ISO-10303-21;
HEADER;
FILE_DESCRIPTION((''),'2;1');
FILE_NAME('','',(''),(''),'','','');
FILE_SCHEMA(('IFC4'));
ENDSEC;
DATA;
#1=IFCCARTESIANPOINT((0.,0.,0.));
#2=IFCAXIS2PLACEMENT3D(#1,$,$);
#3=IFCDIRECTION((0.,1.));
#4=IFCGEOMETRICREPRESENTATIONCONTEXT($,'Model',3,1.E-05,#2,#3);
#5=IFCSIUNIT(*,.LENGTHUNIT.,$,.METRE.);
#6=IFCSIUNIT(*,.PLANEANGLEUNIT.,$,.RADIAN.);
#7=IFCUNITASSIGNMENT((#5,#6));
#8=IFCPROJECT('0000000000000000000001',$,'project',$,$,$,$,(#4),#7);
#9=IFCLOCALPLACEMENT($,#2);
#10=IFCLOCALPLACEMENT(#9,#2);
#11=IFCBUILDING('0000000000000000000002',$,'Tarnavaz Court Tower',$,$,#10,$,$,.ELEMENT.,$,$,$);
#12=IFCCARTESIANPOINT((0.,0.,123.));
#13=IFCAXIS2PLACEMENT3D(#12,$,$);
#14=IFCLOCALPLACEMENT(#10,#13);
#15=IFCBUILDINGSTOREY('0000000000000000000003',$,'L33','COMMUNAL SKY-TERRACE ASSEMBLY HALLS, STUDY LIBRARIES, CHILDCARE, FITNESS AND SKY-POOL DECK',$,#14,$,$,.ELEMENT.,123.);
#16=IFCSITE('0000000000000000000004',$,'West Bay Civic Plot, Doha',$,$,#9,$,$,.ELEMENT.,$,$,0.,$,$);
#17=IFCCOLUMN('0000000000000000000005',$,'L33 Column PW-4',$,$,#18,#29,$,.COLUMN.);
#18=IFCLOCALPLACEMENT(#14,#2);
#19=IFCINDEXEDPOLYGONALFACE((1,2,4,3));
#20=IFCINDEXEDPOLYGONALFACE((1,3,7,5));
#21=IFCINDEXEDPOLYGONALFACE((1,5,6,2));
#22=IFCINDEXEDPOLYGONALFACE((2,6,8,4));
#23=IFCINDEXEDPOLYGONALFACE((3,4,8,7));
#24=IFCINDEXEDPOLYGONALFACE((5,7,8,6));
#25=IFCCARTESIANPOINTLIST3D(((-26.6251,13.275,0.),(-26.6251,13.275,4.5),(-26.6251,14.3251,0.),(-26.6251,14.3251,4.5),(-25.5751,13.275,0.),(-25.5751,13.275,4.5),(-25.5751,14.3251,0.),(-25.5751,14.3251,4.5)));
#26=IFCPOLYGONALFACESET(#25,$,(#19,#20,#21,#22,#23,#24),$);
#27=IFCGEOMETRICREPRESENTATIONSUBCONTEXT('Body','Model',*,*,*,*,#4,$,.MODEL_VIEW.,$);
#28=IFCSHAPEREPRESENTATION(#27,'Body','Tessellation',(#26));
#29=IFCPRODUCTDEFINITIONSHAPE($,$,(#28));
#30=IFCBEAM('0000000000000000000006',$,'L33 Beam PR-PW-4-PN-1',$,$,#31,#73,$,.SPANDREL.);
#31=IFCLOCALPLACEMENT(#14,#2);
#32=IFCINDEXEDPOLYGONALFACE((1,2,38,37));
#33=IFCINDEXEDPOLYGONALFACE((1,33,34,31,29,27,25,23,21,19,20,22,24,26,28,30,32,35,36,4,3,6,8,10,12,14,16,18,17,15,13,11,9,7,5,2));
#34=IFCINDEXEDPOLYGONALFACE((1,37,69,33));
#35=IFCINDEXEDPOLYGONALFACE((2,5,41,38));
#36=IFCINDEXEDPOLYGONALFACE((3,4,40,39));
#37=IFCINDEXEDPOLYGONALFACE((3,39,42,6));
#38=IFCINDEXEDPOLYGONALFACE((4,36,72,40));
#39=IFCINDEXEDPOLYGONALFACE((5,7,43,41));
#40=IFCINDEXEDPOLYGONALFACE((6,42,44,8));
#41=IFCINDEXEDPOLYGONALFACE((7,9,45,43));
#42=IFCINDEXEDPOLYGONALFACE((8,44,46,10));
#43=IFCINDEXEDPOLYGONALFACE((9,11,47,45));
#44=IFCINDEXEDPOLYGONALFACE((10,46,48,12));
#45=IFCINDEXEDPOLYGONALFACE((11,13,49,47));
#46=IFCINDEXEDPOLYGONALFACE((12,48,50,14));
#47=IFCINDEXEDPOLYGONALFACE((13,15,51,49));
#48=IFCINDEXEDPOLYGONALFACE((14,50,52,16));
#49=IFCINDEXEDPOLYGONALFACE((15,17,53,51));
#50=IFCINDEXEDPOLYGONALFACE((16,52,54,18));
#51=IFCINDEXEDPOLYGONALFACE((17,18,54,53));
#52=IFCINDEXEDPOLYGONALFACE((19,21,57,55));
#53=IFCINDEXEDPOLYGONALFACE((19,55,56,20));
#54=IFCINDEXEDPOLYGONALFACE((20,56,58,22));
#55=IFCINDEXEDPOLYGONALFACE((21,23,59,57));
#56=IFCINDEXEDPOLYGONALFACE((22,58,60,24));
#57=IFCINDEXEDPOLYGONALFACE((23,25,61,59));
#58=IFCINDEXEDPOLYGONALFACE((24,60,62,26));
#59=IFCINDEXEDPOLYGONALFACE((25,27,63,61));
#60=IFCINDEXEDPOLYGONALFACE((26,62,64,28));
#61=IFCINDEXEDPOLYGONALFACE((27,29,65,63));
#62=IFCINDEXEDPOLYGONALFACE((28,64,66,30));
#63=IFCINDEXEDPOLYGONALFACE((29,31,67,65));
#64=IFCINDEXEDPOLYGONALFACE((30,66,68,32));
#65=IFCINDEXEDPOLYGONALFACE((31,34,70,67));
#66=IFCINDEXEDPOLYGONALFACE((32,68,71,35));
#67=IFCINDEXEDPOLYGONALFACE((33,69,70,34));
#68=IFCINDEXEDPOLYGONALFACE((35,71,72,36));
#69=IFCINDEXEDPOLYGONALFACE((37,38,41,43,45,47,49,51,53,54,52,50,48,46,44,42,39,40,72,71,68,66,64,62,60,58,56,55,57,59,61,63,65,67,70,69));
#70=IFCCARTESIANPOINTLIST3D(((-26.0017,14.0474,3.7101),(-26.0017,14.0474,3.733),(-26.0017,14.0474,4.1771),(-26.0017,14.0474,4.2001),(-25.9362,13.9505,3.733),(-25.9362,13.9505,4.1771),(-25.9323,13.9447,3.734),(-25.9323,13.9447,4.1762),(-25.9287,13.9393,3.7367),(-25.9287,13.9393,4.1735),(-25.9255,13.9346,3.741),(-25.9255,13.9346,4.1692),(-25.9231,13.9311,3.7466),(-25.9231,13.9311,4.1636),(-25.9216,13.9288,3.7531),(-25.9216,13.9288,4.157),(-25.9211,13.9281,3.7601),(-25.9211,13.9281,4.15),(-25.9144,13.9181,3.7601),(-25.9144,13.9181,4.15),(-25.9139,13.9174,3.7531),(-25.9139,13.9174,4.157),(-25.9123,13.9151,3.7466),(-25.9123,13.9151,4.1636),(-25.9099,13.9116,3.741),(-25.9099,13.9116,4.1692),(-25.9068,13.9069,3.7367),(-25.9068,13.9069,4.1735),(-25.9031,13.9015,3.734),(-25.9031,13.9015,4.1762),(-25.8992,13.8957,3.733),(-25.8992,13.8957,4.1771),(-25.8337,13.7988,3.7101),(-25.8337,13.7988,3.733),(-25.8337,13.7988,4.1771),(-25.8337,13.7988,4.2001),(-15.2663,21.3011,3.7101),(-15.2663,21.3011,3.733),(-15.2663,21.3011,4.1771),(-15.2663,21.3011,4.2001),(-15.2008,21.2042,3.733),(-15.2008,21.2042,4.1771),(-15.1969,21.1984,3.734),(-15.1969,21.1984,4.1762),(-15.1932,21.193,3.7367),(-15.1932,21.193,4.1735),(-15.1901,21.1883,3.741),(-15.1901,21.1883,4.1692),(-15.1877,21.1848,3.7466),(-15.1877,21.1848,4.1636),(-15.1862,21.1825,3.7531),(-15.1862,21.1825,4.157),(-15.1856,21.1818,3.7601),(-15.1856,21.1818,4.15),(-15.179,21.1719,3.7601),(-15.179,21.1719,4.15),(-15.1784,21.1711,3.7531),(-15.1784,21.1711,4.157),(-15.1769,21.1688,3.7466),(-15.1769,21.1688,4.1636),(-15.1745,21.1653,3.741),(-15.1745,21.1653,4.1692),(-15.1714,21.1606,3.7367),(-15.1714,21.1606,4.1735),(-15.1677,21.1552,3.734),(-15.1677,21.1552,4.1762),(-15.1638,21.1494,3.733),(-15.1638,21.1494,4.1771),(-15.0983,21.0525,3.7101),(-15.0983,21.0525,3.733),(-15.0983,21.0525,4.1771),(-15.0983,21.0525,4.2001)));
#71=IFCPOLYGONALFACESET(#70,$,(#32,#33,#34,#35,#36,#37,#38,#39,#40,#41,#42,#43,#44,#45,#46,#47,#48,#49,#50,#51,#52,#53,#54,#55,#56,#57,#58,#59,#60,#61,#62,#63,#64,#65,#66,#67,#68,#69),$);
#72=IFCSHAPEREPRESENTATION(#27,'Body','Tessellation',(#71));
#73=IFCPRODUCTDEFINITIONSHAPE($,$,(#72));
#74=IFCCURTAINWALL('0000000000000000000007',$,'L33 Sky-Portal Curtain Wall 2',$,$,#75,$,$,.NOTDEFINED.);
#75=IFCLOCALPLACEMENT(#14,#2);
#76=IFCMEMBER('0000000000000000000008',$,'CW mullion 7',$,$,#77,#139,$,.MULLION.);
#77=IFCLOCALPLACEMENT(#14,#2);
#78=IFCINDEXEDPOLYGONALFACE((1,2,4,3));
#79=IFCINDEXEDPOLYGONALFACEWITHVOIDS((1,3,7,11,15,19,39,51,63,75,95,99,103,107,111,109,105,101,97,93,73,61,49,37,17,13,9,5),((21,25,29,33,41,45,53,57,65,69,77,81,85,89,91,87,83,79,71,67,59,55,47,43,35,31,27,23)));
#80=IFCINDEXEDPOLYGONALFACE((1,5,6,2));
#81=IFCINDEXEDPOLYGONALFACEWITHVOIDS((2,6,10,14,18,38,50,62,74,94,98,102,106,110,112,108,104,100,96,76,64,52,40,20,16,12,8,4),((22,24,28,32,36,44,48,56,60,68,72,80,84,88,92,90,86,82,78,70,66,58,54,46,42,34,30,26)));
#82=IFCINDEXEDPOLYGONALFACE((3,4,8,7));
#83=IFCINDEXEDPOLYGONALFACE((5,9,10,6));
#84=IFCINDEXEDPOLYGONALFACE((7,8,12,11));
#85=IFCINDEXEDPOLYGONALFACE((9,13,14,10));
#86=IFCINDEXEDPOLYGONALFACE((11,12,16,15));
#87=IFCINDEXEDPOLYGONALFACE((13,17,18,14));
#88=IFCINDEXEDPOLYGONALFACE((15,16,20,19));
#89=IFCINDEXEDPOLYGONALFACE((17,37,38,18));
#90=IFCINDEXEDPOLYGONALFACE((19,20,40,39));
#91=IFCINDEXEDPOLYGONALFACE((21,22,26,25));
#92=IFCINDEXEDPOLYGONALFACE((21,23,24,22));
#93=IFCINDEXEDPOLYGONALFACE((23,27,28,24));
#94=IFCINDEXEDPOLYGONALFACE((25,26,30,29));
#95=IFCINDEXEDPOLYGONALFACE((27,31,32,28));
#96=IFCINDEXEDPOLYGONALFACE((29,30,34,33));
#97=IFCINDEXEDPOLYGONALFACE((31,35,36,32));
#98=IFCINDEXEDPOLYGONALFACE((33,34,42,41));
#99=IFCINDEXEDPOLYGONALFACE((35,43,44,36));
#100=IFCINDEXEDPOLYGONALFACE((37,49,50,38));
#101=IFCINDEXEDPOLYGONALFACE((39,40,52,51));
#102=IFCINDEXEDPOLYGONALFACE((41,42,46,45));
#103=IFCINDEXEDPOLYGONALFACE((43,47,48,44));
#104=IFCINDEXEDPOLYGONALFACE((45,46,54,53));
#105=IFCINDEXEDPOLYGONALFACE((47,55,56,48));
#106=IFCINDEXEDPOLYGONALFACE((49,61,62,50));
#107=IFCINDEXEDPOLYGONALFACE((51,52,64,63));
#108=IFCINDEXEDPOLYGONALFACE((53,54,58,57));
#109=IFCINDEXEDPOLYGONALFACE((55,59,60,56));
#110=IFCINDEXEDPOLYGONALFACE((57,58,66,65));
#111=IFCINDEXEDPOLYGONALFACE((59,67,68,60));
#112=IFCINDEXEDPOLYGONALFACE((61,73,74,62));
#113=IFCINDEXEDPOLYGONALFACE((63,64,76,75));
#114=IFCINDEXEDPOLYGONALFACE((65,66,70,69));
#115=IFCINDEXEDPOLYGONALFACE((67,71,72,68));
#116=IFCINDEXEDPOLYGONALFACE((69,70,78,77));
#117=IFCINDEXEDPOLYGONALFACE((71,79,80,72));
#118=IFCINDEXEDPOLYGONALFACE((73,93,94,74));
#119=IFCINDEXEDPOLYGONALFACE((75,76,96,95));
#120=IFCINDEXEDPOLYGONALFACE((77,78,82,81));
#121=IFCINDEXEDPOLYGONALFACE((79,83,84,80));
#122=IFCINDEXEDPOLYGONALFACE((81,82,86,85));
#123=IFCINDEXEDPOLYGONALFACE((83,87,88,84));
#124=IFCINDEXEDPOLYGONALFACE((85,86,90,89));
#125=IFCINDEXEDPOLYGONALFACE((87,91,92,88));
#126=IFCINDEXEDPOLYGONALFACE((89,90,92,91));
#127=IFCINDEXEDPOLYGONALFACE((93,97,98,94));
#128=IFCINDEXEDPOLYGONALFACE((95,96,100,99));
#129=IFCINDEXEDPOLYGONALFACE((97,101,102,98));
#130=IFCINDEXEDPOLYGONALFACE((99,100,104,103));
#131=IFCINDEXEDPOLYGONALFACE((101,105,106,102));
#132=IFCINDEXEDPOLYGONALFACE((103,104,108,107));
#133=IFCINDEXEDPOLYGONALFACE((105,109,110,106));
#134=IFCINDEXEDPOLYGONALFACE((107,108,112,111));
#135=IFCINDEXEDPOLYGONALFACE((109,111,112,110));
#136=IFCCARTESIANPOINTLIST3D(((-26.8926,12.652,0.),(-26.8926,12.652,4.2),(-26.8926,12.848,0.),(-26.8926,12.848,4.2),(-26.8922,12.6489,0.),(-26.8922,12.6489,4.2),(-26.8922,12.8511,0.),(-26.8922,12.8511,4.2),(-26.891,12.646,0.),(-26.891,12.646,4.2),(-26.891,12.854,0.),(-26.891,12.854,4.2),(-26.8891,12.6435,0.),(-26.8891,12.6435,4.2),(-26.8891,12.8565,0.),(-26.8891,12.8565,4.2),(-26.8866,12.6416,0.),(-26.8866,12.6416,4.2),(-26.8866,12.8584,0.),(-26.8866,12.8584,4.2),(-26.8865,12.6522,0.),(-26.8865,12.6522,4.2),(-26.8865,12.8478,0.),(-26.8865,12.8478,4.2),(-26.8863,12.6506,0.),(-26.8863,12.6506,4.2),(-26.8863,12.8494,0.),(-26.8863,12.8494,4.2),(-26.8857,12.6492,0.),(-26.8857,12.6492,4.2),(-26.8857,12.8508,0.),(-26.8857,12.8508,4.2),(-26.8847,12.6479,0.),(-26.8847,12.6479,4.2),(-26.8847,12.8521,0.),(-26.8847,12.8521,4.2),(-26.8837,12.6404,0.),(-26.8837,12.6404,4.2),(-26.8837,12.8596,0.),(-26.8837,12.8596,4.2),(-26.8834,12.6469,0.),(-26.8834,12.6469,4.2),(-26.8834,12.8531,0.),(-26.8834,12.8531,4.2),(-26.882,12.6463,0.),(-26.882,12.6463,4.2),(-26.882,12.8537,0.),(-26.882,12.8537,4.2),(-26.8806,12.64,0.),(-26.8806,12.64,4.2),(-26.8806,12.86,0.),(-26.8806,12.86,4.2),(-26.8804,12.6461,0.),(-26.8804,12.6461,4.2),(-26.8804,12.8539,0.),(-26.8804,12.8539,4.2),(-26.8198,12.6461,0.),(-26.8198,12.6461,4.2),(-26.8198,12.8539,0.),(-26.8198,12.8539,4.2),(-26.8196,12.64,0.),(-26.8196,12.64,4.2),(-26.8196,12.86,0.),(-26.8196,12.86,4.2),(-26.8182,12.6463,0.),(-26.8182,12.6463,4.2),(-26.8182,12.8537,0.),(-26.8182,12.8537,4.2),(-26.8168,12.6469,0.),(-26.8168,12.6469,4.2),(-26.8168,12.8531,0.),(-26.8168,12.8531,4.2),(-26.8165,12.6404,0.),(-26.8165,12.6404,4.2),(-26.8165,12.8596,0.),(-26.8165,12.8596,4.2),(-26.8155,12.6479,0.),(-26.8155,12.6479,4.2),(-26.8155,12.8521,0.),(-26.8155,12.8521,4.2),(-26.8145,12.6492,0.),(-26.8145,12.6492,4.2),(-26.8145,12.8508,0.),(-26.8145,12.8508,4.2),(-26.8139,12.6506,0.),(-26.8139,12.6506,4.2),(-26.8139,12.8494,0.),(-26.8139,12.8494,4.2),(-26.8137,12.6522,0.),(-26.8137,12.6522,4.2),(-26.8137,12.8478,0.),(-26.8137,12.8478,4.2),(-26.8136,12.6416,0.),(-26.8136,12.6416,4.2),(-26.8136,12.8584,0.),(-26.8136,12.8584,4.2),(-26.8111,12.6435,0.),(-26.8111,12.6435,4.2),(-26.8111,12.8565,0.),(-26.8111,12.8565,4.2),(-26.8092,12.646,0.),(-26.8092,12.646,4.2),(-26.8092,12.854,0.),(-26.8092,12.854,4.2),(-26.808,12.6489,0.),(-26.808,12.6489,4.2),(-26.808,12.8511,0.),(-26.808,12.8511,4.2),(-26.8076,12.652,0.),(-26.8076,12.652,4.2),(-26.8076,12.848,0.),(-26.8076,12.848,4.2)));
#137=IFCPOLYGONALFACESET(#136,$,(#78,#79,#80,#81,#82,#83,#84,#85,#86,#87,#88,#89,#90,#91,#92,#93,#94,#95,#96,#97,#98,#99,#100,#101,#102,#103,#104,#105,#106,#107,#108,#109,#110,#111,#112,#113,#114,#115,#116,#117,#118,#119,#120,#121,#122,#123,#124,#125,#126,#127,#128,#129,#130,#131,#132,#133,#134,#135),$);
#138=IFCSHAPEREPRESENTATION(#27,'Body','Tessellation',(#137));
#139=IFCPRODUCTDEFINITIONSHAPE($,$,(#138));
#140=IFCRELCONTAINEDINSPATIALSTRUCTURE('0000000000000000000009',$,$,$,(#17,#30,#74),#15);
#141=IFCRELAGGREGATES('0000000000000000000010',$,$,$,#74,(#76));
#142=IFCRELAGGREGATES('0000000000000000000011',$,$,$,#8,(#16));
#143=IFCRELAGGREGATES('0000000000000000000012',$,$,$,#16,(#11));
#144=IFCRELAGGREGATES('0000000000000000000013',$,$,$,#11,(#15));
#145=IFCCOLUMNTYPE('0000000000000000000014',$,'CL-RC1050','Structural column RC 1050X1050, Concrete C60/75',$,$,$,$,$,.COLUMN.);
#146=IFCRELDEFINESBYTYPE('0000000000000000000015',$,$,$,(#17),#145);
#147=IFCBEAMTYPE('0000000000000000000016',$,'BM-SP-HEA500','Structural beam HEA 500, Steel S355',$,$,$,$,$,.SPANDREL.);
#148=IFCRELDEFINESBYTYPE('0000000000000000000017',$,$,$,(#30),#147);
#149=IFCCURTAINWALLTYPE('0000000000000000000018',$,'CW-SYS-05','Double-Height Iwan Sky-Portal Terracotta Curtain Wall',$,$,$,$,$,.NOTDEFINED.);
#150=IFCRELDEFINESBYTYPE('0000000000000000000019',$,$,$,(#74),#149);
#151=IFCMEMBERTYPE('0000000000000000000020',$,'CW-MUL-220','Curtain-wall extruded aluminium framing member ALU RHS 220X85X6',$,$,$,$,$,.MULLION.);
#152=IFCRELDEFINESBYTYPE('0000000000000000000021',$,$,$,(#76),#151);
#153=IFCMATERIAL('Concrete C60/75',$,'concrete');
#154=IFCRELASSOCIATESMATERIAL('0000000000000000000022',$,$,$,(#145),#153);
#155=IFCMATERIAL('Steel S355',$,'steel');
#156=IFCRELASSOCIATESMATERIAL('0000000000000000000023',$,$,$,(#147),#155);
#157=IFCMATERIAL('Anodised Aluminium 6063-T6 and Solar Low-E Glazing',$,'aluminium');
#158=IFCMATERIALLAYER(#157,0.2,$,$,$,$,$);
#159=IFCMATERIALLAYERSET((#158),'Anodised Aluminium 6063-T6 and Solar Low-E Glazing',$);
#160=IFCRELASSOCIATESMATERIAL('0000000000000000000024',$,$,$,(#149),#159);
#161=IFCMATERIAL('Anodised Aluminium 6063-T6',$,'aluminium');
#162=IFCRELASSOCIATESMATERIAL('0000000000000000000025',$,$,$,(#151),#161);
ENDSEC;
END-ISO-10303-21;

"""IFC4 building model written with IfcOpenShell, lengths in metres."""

from ifc_helpers import new_model, si_unit, direction, frame, origin, origin_2d, place, context, subcontext, project, spatial, rectangle, hollow_rectangle, i_section, extrude, material, layer, layer_set, material_profile, profile_set, type_object, element, aggregate, save


model = new_model("IFC4")

# Units and contexts
model_context = context("Model", 3, precision=1e-05, world=origin(), true_north=direction((0.0, 1.0)))
body_context = subcontext(model_context, "Body", "Model", "MODEL_VIEW")
ifc_project = project(units=[si_unit("LENGTHUNIT", "METRE"), si_unit("PLANEANGLEUNIT", "RADIAN")], contexts=[model_context])

# Site, building, storey
site_placement = place(None, origin())
site = spatial("IfcSite", under=ifc_project, at=site_placement, Name="West Bay Civic Plot, Doha", CompositionType="ELEMENT", RefElevation=0.0)
building_placement = place(site_placement, origin())
building = spatial("IfcBuilding", under=site, at=building_placement, Name="Tarnavaz Court Tower", CompositionType="ELEMENT")
storey_placement = place(building_placement, frame((0.0, 0.0, 123.0)))
storey = spatial("IfcBuildingStorey", under=building, at=storey_placement, Name="L33", Description="COMMUNAL SKY-TERRACE ASSEMBLY HALLS, STUDY LIBRARIES, CHILDCARE, FITNESS AND SKY-POOL DECK", CompositionType="ELEMENT", Elevation=123.0)

# Column
ifc_material_1 = material(Name="Concrete C60/75", Category="concrete")
ifc_material_profile_1 = material_profile(ifc_material_1, rectangle(XDim=1.05, YDim=1.05, at=origin_2d()), Name="RC 1050X1050")
ifc_profile_set_1 = profile_set([ifc_material_profile_1], Name="Concrete C60/75")
column_type = type_object("IfcColumnType", Name="CL-RC1050", Description="Structural column RC 1050X1050, Concrete C60/75", PredefinedType="COLUMN", material=ifc_profile_set_1)
column_placement = place(storey_placement, frame((-26.1001, 13.8, 0.0), z_axis=(0.0, 0.0, 1.0), x_axis=(1.0, 0.0, 0.0)))
element("IfcColumn", 1, at=column_placement, inside=storey, type_object=column_type, Name="L33 Column PW-4", PredefinedType="COLUMN", context=body_context, shape_type="SweptSolid", body=[
    extrude(rectangle(XDim=1.05, YDim=1.05, at=origin_2d()), origin(), (0.0, 0.0, 1.0), 4.5),
])

# Beam
ifc_material_2 = material(Name="Steel S355", Category="steel")
ifc_material_profile_2 = material_profile(ifc_material_2, i_section(OverallWidth=0.3, OverallDepth=0.49, WebThickness=0.012, FlangeThickness=0.0229, FilletRadius=0.0271, at=origin_2d()), Name="HEA 500")
ifc_profile_set_2 = profile_set([ifc_material_profile_2], Name="Steel S355")
beam_type = type_object("IfcBeamType", Name="BM-SP-HEA500", Description="Structural beam HEA 500, Steel S355", PredefinedType="SPANDREL", material=ifc_profile_set_2)
beam_placement = place(storey_placement, frame((-25.9177, 13.9231, 3.9551), z_axis=(0.828587, 0.55986, 0.0), x_axis=(-0.55986, 0.828587, 0.0)))
element("IfcBeam", 2, at=beam_placement, inside=storey, type_object=beam_type, Name="L33 Beam PR-PW-4-PN-1", PredefinedType="SPANDREL", context=body_context, shape_type="SweptSolid", body=[
    extrude(i_section(OverallWidth=0.3, OverallDepth=0.49, WebThickness=0.012, FlangeThickness=0.0229, FilletRadius=0.0271, at=origin_2d()), origin(), (0.0, 0.0, 1.0), 12.9563),
])

# Curtain wall, member
ifc_material_3 = material(Name="Anodised Aluminium 6063-T6 and Solar Low-E Glazing", Category="aluminium")
ifc_layer_1 = layer(ifc_material_3, 0.2)
ifc_layer_set_1 = layer_set([ifc_layer_1], Name="Anodised Aluminium 6063-T6 and Solar Low-E Glazing")
curtain_wall_type = type_object("IfcCurtainWallType", Name="CW-SYS-05", Description="Double-Height Iwan Sky-Portal Terracotta Curtain Wall", PredefinedType="NOTDEFINED", material=ifc_layer_set_1)
curtain_wall_placement = place(storey_placement, origin())
curtain_wall = element("IfcCurtainWall", 3, at=curtain_wall_placement, inside=storey, type_object=curtain_wall_type, Name="L33 Sky-Portal Curtain Wall 2", PredefinedType="NOTDEFINED")
ifc_material_4 = material(Name="Anodised Aluminium 6063-T6", Category="aluminium")
ifc_material_profile_3 = material_profile(ifc_material_4, hollow_rectangle(XDim=0.085, YDim=0.22, WallThickness=0.0061, InnerFilletRadius=0.0061, OuterFilletRadius=0.012, at=origin_2d()), Name="ALU RHS 220X85X6")
ifc_profile_set_3 = profile_set([ifc_material_profile_3], Name="Anodised Aluminium 6063-T6")
member_type_1 = type_object("IfcMemberType", Name="CW-MUL-220", Description="Curtain-wall extruded aluminium framing member ALU RHS 220X85X6", PredefinedType="MULLION", material=ifc_profile_set_3)
member_1_placement = place(storey_placement, frame((-26.8501, 12.75, 0.0), z_axis=(0.0, 0.0, 1.0), x_axis=(-1.0, 0.0, 0.0)))
member_1 = element("IfcMember", 4, at=member_1_placement, type_object=member_type_1, Name="CW mullion 7", PredefinedType="MULLION", context=body_context, shape_type="SweptSolid", body=[
    extrude(hollow_rectangle(XDim=0.085, YDim=0.22, WallThickness=0.0061, InnerFilletRadius=0.0061, OuterFilletRadius=0.012, at=origin_2d()), origin(), (0.0, 0.0, 1.0), 4.2),
])
aggregate(curtain_wall, [member_1])

save(model, "model.ifc")
